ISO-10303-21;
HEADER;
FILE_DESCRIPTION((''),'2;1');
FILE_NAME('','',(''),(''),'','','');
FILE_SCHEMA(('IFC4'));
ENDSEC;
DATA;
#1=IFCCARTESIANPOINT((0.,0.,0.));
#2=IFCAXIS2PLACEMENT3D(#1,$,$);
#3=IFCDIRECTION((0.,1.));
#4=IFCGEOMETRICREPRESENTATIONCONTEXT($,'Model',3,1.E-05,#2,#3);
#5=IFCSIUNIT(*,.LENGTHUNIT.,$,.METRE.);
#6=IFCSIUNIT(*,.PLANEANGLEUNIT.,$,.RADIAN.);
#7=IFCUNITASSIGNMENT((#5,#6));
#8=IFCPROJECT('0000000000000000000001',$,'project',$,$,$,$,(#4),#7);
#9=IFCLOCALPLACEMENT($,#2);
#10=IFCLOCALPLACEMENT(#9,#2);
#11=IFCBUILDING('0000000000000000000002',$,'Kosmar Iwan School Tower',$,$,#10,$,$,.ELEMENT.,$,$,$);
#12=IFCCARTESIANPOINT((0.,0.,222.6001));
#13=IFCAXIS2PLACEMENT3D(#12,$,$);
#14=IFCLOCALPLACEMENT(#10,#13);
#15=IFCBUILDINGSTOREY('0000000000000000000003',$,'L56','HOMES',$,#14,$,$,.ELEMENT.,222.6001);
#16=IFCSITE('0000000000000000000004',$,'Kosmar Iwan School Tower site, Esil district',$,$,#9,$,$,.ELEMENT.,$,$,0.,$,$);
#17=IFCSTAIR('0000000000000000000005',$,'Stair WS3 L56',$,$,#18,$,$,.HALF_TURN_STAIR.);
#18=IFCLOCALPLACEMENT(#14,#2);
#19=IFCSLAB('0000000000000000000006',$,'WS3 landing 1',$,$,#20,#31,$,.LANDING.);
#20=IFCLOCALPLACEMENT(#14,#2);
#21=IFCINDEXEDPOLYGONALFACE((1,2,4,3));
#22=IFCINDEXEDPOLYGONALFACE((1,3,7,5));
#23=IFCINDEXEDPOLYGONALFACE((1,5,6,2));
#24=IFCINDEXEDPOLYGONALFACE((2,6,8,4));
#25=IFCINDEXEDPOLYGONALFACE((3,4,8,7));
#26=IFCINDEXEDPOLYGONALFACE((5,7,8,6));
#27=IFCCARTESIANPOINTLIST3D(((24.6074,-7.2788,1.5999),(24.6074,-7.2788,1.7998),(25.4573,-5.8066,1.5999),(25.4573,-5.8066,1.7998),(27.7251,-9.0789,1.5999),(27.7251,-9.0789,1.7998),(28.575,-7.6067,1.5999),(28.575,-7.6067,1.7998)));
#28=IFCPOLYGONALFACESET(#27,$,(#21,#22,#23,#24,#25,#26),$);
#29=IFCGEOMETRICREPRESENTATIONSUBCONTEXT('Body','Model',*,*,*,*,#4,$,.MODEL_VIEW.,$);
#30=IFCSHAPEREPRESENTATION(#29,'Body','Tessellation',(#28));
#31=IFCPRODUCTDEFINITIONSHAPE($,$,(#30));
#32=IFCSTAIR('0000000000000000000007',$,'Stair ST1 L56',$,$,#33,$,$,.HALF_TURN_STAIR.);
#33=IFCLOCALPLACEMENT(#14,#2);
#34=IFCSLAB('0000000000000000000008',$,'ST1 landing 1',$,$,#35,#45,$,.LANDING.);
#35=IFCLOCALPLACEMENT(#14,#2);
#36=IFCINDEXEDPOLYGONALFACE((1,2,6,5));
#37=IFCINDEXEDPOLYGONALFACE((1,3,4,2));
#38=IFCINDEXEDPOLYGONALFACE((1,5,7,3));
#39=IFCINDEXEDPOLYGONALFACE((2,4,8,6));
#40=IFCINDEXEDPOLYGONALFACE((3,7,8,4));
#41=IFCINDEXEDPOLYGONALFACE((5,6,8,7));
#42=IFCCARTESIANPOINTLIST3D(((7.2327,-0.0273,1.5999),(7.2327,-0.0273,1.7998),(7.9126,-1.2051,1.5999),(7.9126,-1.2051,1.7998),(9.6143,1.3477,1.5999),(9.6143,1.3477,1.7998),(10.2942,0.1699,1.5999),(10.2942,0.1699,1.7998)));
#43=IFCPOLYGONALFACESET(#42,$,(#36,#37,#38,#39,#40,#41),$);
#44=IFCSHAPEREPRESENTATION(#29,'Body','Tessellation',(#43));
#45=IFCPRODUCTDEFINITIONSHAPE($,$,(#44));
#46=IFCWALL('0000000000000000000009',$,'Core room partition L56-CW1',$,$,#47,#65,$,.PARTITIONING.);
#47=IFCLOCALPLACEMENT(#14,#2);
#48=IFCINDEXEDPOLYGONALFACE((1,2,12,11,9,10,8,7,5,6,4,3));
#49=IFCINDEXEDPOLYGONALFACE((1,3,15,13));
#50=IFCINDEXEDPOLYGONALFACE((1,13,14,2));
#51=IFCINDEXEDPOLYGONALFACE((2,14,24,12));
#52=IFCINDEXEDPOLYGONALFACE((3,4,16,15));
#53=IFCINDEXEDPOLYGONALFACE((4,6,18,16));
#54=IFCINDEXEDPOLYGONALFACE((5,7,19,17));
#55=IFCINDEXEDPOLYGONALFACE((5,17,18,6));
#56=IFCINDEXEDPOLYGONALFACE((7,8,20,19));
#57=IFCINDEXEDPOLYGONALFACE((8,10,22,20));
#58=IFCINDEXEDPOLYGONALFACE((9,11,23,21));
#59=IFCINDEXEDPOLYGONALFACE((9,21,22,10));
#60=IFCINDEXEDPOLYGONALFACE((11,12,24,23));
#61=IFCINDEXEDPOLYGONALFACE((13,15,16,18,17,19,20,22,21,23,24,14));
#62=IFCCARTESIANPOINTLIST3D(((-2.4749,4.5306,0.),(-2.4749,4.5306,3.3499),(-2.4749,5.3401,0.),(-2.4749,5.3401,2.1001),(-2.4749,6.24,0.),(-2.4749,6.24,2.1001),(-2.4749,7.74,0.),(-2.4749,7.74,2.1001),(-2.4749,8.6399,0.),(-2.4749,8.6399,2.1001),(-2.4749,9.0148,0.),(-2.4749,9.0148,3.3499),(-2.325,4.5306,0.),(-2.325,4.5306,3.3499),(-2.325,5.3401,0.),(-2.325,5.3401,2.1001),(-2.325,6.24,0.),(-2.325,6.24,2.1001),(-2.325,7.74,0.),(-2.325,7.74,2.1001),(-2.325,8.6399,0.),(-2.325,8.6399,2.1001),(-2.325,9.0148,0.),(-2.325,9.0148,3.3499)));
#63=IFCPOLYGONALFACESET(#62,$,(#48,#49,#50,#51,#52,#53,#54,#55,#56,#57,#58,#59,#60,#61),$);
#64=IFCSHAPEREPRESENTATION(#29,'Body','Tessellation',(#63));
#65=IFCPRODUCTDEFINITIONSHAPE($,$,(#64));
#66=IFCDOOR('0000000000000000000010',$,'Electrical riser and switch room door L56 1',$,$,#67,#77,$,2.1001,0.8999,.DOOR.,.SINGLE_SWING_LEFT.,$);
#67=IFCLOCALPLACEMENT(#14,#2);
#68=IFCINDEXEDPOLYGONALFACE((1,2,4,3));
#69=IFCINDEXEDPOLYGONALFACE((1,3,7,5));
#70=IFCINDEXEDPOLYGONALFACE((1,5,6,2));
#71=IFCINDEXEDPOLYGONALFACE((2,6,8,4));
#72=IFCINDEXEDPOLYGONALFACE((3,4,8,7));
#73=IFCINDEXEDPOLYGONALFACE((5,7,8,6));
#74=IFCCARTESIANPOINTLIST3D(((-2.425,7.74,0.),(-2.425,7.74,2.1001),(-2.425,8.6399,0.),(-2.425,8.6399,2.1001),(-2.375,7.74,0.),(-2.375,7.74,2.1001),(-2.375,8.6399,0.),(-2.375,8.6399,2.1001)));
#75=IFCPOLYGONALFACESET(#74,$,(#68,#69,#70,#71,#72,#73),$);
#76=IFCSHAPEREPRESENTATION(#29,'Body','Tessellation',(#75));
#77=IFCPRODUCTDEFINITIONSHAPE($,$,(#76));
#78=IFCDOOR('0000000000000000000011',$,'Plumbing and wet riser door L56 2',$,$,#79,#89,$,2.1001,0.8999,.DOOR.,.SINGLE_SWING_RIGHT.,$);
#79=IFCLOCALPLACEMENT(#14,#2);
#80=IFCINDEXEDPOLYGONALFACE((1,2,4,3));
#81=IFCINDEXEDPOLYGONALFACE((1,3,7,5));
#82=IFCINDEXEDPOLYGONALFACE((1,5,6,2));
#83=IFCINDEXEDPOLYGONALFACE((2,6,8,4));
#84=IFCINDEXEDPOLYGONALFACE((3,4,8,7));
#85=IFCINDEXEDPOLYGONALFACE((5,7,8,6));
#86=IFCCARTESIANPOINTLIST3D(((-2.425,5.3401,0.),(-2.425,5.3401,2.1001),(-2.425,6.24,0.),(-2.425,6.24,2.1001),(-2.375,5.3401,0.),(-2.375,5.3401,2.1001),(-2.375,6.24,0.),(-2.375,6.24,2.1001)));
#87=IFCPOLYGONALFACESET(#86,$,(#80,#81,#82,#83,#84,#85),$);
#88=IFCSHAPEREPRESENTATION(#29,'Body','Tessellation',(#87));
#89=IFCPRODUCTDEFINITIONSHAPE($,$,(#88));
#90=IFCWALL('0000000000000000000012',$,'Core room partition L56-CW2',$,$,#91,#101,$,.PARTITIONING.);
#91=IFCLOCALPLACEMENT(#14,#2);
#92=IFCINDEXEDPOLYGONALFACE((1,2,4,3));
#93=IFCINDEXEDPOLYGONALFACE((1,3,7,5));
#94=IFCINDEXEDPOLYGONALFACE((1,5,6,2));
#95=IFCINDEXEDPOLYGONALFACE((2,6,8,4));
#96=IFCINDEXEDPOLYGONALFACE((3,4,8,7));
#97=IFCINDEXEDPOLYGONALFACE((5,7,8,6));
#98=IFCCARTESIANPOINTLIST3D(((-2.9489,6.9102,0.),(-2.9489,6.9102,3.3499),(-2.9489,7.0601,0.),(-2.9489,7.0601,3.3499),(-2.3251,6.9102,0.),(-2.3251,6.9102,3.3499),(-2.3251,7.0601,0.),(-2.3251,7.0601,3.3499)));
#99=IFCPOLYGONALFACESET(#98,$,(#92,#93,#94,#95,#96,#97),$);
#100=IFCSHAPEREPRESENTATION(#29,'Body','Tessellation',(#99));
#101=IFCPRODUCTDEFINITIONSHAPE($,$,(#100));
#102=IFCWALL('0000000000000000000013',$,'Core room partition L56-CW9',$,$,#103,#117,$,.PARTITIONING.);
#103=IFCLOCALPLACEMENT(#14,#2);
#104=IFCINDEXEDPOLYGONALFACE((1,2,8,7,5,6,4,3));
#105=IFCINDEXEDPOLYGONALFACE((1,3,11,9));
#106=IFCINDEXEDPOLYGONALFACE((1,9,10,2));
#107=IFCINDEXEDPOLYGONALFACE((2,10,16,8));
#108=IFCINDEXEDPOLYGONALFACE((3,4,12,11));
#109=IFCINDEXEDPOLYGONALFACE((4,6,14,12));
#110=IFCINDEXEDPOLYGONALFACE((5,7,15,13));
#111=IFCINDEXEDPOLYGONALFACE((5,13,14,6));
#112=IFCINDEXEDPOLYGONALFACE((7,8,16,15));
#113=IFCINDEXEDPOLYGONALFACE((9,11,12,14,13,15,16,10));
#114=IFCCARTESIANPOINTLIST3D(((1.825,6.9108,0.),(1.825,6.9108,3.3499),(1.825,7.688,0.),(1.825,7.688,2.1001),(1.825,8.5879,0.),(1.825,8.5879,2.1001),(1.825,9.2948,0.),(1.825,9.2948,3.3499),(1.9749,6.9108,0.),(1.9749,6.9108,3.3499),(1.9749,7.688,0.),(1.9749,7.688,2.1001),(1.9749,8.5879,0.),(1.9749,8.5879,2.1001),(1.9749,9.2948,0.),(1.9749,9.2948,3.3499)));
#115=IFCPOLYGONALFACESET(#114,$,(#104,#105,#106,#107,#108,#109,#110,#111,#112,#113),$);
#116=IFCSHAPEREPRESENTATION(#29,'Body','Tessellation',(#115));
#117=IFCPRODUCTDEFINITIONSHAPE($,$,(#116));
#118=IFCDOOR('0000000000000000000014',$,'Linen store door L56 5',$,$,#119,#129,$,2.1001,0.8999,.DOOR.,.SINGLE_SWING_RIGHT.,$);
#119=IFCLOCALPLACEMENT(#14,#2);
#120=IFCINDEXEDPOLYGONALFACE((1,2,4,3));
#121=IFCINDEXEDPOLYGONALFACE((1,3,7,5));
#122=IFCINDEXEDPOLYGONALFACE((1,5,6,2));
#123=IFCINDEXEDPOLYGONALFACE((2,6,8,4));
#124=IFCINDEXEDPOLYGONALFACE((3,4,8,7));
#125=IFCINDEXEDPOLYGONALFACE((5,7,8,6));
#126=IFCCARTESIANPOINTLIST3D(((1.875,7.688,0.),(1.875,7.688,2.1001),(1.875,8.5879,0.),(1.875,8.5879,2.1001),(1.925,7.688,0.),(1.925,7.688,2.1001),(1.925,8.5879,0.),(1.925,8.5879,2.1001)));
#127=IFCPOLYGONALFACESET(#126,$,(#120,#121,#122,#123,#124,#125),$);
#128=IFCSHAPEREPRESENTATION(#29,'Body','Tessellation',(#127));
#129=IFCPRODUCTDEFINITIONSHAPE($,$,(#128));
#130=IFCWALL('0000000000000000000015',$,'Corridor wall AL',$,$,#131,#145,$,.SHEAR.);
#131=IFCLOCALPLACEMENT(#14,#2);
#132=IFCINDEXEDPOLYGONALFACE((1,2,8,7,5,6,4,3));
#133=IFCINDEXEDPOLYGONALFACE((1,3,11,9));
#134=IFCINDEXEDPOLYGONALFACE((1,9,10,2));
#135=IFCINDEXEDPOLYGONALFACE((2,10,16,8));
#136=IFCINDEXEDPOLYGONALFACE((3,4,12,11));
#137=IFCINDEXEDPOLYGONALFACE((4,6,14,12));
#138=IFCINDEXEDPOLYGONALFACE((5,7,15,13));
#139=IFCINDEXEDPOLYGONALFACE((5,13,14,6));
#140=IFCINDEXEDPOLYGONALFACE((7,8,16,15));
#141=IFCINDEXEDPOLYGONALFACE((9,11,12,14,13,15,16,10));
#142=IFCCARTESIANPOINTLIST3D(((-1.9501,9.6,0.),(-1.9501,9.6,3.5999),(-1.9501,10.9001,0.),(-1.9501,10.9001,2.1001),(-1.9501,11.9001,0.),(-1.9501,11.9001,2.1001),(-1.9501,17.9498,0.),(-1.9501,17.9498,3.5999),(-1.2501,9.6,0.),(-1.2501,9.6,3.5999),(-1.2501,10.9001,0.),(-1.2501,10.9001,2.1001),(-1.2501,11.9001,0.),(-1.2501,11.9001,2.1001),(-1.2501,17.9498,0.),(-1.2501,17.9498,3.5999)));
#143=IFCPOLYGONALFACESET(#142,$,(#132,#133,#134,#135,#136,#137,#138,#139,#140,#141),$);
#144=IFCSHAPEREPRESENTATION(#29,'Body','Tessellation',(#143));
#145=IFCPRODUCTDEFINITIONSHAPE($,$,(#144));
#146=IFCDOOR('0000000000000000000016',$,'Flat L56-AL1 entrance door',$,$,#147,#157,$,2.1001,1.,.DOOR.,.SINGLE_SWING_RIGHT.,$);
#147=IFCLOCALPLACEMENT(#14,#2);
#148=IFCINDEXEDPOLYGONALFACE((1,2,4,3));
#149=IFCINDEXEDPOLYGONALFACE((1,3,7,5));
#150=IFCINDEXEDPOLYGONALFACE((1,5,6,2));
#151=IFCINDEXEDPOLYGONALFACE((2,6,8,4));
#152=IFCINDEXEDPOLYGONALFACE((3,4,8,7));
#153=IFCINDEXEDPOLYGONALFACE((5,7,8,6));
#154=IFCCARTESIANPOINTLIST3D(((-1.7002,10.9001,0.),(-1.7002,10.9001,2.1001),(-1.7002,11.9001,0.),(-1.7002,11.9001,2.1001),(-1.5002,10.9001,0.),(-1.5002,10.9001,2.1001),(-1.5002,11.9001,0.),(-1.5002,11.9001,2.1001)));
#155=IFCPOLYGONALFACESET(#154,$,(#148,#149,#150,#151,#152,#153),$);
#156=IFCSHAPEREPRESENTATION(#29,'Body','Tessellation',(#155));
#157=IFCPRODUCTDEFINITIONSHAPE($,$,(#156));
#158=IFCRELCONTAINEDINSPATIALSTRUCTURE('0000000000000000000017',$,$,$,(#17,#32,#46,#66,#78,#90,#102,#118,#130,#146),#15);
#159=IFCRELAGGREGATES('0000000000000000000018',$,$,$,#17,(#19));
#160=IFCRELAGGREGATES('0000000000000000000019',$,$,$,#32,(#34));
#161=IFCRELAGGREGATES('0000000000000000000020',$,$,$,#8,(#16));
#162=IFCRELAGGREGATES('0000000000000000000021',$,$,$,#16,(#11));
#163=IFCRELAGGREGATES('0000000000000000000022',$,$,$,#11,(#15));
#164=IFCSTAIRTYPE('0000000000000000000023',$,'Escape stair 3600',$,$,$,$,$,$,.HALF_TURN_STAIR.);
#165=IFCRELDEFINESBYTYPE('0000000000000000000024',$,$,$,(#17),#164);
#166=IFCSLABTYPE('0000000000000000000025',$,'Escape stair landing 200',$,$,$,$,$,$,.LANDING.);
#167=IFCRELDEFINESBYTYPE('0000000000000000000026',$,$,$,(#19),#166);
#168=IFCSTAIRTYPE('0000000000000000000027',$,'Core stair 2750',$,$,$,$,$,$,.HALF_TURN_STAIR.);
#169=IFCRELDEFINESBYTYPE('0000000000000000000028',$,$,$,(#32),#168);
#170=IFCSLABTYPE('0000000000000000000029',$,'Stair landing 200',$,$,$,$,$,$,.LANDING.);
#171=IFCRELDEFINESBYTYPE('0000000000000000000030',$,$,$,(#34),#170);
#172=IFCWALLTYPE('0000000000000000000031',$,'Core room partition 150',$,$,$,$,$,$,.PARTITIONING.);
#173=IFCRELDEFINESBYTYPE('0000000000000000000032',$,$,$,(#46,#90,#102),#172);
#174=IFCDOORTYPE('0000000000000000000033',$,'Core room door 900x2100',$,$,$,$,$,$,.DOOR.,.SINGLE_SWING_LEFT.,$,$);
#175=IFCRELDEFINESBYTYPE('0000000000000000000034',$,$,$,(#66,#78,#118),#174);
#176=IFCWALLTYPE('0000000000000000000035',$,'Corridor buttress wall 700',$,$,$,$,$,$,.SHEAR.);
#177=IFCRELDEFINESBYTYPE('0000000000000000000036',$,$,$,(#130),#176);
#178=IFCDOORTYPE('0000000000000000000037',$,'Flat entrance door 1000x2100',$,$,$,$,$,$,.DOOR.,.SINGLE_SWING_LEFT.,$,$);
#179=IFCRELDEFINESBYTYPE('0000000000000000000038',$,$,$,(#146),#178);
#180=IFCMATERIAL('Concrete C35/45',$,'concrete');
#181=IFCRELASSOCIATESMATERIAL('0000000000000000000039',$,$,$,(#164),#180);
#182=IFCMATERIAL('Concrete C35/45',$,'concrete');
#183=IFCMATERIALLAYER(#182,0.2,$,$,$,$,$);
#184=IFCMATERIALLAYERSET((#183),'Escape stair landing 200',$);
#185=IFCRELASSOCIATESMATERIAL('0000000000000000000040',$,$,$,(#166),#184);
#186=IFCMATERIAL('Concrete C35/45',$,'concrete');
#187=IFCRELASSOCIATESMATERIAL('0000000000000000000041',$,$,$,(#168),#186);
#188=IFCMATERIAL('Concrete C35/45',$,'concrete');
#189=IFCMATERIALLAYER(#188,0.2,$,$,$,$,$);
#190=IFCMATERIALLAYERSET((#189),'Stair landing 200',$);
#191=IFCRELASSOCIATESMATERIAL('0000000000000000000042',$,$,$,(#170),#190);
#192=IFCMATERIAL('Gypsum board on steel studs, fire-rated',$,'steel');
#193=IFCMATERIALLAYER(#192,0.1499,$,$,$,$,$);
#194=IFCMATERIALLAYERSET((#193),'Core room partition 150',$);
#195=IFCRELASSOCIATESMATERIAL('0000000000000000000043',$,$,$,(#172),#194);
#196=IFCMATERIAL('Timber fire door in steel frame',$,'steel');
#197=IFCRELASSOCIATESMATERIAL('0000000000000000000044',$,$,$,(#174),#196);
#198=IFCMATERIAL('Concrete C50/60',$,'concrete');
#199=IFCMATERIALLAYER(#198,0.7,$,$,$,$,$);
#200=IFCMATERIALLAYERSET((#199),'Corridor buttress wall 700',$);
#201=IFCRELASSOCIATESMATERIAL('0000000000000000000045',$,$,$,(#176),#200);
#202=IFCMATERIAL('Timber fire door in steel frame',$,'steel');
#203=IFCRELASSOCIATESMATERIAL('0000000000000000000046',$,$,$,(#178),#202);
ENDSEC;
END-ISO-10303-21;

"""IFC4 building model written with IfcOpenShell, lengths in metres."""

from ifc_helpers import new_model, si_unit, direction, frame, frame_2d, origin, place, context, subcontext, project, spatial, polyline, rectangle, outline, extrude, material, layer, layer_set, type_object, element, fill, aggregate, save


model = new_model("IFC4")

# Units and contexts
model_context = context("Model", 3, precision=1e-05, world=origin(), true_north=direction((0.0, 1.0)))
body_context = subcontext(model_context, "Body", "Model", "MODEL_VIEW")
ifc_project = project(units=[si_unit("LENGTHUNIT", "METRE"), si_unit("PLANEANGLEUNIT", "RADIAN")], contexts=[model_context])

# Site, building, storey
site_placement = place(None, origin())
site = spatial("IfcSite", under=ifc_project, at=site_placement, Name="Kosmar Iwan School Tower site, Esil district", CompositionType="ELEMENT", RefElevation=0.0)
building_placement = place(site_placement, origin())
building = spatial("IfcBuilding", under=site, at=building_placement, Name="Kosmar Iwan School Tower", CompositionType="ELEMENT")
storey_placement = place(building_placement, frame((0.0, 0.0, 222.6001)))
storey = spatial("IfcBuildingStorey", under=building, at=storey_placement, Name="L56", Description="HOMES", CompositionType="ELEMENT", Elevation=222.6001)

# Stairs, slabs
ifc_material_1 = material(Name="Concrete C35/45", Category="concrete")
stair_type_1 = type_object("IfcStairType", Name="Escape stair 3600", PredefinedType="HALF_TURN_STAIR", material=ifc_material_1)
stair_1_placement = place(storey_placement, origin())
stair_1 = element("IfcStair", 1, at=stair_1_placement, inside=storey, type_object=stair_type_1, Name="Stair WS3 L56", PredefinedType="HALF_TURN_STAIR")
ifc_material_2 = material(Name="Concrete C35/45", Category="concrete")
ifc_layer_1 = layer(ifc_material_2, 0.2)
ifc_layer_set_1 = layer_set([ifc_layer_1], Name="Escape stair landing 200")
slab_type_1 = type_object("IfcSlabType", Name="Escape stair landing 200", PredefinedType="LANDING", material=ifc_layer_set_1)
slab_1_placement = place(storey_placement, frame((0.0, 0.0, 1.5999)))
slab_1 = element("IfcSlab", 2, at=slab_1_placement, type_object=slab_type_1, Name="WS3 landing 1", PredefinedType="LANDING", context=body_context, shape_type="SweptSolid", body=[
    extrude(outline(polyline([(24.6074, -7.2788), (27.7251, -9.0789), (28.575, -7.6067), (25.4573, -5.8066), (24.6074, -7.2788)])), origin(), (0.0, 0.0, 1.0), 0.2),
])
aggregate(stair_1, [slab_1])
ifc_material_3 = material(Name="Concrete C35/45", Category="concrete")
stair_type_2 = type_object("IfcStairType", Name="Core stair 2750", PredefinedType="HALF_TURN_STAIR", material=ifc_material_3)
stair_2_placement = place(storey_placement, origin())
stair_2 = element("IfcStair", 3, at=stair_2_placement, inside=storey, type_object=stair_type_2, Name="Stair ST1 L56", PredefinedType="HALF_TURN_STAIR")
ifc_material_4 = material(Name="Concrete C35/45", Category="concrete")
ifc_layer_2 = layer(ifc_material_4, 0.2)
ifc_layer_set_2 = layer_set([ifc_layer_2], Name="Stair landing 200")
slab_type_2 = type_object("IfcSlabType", Name="Stair landing 200", PredefinedType="LANDING", material=ifc_layer_set_2)
slab_2_placement = place(storey_placement, frame((0.0, 0.0, 1.5999)))
slab_2 = element("IfcSlab", 4, at=slab_2_placement, type_object=slab_type_2, Name="ST1 landing 1", PredefinedType="LANDING", context=body_context, shape_type="SweptSolid", body=[
    extrude(outline(polyline([(7.9126, -1.2051), (10.2942, 0.1699), (9.6143, 1.3477), (7.2327, -0.0273), (7.9126, -1.2051)])), origin(), (0.0, 0.0, 1.0), 0.2),
])
aggregate(stair_2, [slab_2])

# Wall, openings, doors
ifc_material_5 = material(Name="Gypsum board on steel studs, fire-rated", Category="steel")
ifc_layer_3 = layer(ifc_material_5, 0.1499)
ifc_layer_set_3 = layer_set([ifc_layer_3], Name="Core room partition 150")
wall_type_1 = type_object("IfcWallType", Name="Core room partition 150", PredefinedType="PARTITIONING", material=ifc_layer_set_3)
wall_1_placement = place(storey_placement, frame((-2.3999, 9.0149, 0.0), z_axis=(0.0, 0.0, 1.0), x_axis=(0.0, -1.0, 0.0)))
wall_1 = element("IfcWall", 5, at=wall_1_placement, inside=storey, type_object=wall_type_1, Name="Core room partition L56-CW1", PredefinedType="PARTITIONING", context=body_context, shape_type="SweptSolid", body=[
    extrude(rectangle(XDim=4.4841, YDim=0.1499, at=frame_2d((2.2422, 0.0))), origin(), (0.0, 0.0, 1.0), 3.3499),
])
opening_1_placement = place(wall_1_placement, frame((0.375, 0.0, 0.0)))
opening_1 = element("IfcOpeningElement", 6, at=opening_1_placement, cuts=wall_1, PredefinedType="OPENING", context=body_context, shape_type="SweptSolid", body=[
    extrude(rectangle(XDim=0.8999, YDim=2.1001, at=frame_2d((0.45, 1.05))), frame((0.0, 0.0869, 0.0), z_axis=(0.0, -1.0, 0.0), x_axis=(1.0, 0.0, 0.0)), (0.0, 0.0, 1.0), 0.1738),
])
opening_2_placement = place(wall_1_placement, frame((2.7749, 0.0, 0.0)))
opening_2 = element("IfcOpeningElement", 7, at=opening_2_placement, cuts=wall_1, PredefinedType="OPENING", context=body_context, shape_type="SweptSolid", body=[
    extrude(rectangle(XDim=0.8999, YDim=2.1001, at=frame_2d((0.45, 1.05))), frame((0.0, 0.0869, 0.0), z_axis=(0.0, -1.0, 0.0), x_axis=(1.0, 0.0, 0.0)), (0.0, 0.0, 1.0), 0.1738),
])
ifc_material_6 = material(Name="Timber fire door in steel frame", Category="steel")
door_type_1 = type_object("IfcDoorType", Name="Core room door 900x2100", OperationType="SINGLE_SWING_LEFT", PredefinedType="DOOR", material=ifc_material_6)
door_1_placement = place(opening_1_placement, origin())
door_1 = element("IfcDoor", 8, at=door_1_placement, inside=storey, type_object=door_type_1, Name="Electrical riser and switch room door L56 1", OperationType="SINGLE_SWING_LEFT", OverallHeight=2.1001, OverallWidth=0.8999, PredefinedType="DOOR", context=body_context, shape_type="SweptSolid", body=[
    extrude(rectangle(XDim=0.8999, YDim=2.1001, at=frame_2d((0.45, 1.05))), frame((0.0, 0.0249, 0.0), z_axis=(0.0, -1.0, 0.0), x_axis=(1.0, 0.0, 0.0)), (0.0, 0.0, 1.0), 0.05),
])
fill(opening_1, door_1)
door_2_placement = place(opening_2_placement, origin())
door_2 = element("IfcDoor", 9, at=door_2_placement, inside=storey, type_object=door_type_1, Name="Plumbing and wet riser door L56 2", OperationType="SINGLE_SWING_RIGHT", OverallHeight=2.1001, OverallWidth=0.8999, PredefinedType="DOOR", context=body_context, shape_type="SweptSolid", body=[
    extrude(rectangle(XDim=0.8999, YDim=2.1001, at=frame_2d((0.45, 1.05))), frame((0.0, 0.0249, 0.0), z_axis=(0.0, -1.0, 0.0), x_axis=(1.0, 0.0, 0.0)), (0.0, 0.0, 1.0), 0.05),
])
fill(opening_2, door_2)

# Wall
wall_2_placement = place(storey_placement, frame((-2.325, 6.9851, 0.0), z_axis=(0.0, 0.0, 1.0), x_axis=(-1.0, 0.0, 0.0)))
element("IfcWall", 10, at=wall_2_placement, inside=storey, type_object=wall_type_1, Name="Core room partition L56-CW2", PredefinedType="PARTITIONING", context=body_context, shape_type="SweptSolid", body=[
    extrude(rectangle(XDim=0.6238, YDim=0.1499, at=frame_2d((0.312, 0.0))), origin(), (0.0, 0.0, 1.0), 3.3499),
])

# Walls, openings, doors
wall_3_placement = place(storey_placement, frame((1.8999, 6.9109, 0.0), z_axis=(0.0, 0.0, 1.0), x_axis=(0.0, 1.0, 0.0)))
wall_3 = element("IfcWall", 11, at=wall_3_placement, inside=storey, type_object=wall_type_1, Name="Core room partition L56-CW9", PredefinedType="PARTITIONING", context=body_context, shape_type="SweptSolid", body=[
    extrude(rectangle(XDim=2.384, YDim=0.1499, at=frame_2d((1.1919, 0.0))), origin(), (0.0, 0.0, 1.0), 3.3499),
])
opening_3_placement = place(wall_3_placement, frame((0.7771, 0.0, 0.0)))
opening_3 = element("IfcOpeningElement", 12, at=opening_3_placement, cuts=wall_3, PredefinedType="OPENING", context=body_context, shape_type="SweptSolid", body=[
    extrude(rectangle(XDim=0.8999, YDim=2.1001, at=frame_2d((0.45, 1.05))), frame((0.0, 0.0869, 0.0), z_axis=(0.0, -1.0, 0.0), x_axis=(1.0, 0.0, 0.0)), (0.0, 0.0, 1.0), 0.1738),
])
door_3_placement = place(opening_3_placement, origin())
door_3 = element("IfcDoor", 13, at=door_3_placement, inside=storey, type_object=door_type_1, Name="Linen store door L56 5", OperationType="SINGLE_SWING_RIGHT", OverallHeight=2.1001, OverallWidth=0.8999, PredefinedType="DOOR", context=body_context, shape_type="SweptSolid", body=[
    extrude(rectangle(XDim=0.8999, YDim=2.1001, at=frame_2d((0.45, 1.05))), frame((0.0, 0.0249, 0.0), z_axis=(0.0, -1.0, 0.0), x_axis=(1.0, 0.0, 0.0)), (0.0, 0.0, 1.0), 0.05),
])
fill(opening_3, door_3)
ifc_material_7 = material(Name="Concrete C50/60", Category="concrete")
ifc_layer_4 = layer(ifc_material_7, 0.7)
ifc_layer_set_4 = layer_set([ifc_layer_4], Name="Corridor buttress wall 700")
wall_type_2 = type_object("IfcWallType", Name="Corridor buttress wall 700", PredefinedType="SHEAR", material=ifc_layer_set_4)
wall_4_placement = place(storey_placement, frame((-1.6001, 9.6001, 0.0), z_axis=(0.0, 0.0, 1.0), x_axis=(0.0, 1.0, 0.0)))
wall_4 = element("IfcWall", 14, at=wall_4_placement, inside=storey, type_object=wall_type_2, Name="Corridor wall AL", PredefinedType="SHEAR", context=body_context, shape_type="SweptSolid", body=[
    extrude(rectangle(XDim=8.3499, YDim=0.7, at=frame_2d((4.1748, 0.0))), origin(), (0.0, 0.0, 1.0), 3.5999),
])
opening_4_placement = place(wall_4_placement, frame((1.3, 0.0, 0.0)))
opening_4 = element("IfcOpeningElement", 15, at=opening_4_placement, cuts=wall_4, PredefinedType="OPENING", context=body_context, shape_type="SweptSolid", body=[
    extrude(rectangle(XDim=1.0, YDim=2.1001, at=frame_2d((0.5, 1.05))), frame((0.0, 0.3621, 0.0), z_axis=(0.0, -1.0, 0.0), x_axis=(1.0, 0.0, 0.0)), (0.0, 0.0, 1.0), 0.7239),
])
ifc_material_8 = material(Name="Timber fire door in steel frame", Category="steel")
door_type_2 = type_object("IfcDoorType", Name="Flat entrance door 1000x2100", OperationType="SINGLE_SWING_LEFT", PredefinedType="DOOR", material=ifc_material_8)
door_4_placement = place(opening_4_placement, origin())
door_4 = element("IfcDoor", 16, at=door_4_placement, inside=storey, type_object=door_type_2, Name="Flat L56-AL1 entrance door", OperationType="SINGLE_SWING_RIGHT", OverallHeight=2.1001, OverallWidth=1.0, PredefinedType="DOOR", context=body_context, shape_type="SweptSolid", body=[
    extrude(rectangle(XDim=1.0, YDim=2.1001, at=frame_2d((0.5, 1.05))), frame((0.0, 0.1001, 0.0), z_axis=(0.0, -1.0, 0.0), x_axis=(1.0, 0.0, 0.0)), (0.0, 0.0, 1.0), 0.2),
])
fill(opening_4, door_4)

save(model, "model.ifc")
